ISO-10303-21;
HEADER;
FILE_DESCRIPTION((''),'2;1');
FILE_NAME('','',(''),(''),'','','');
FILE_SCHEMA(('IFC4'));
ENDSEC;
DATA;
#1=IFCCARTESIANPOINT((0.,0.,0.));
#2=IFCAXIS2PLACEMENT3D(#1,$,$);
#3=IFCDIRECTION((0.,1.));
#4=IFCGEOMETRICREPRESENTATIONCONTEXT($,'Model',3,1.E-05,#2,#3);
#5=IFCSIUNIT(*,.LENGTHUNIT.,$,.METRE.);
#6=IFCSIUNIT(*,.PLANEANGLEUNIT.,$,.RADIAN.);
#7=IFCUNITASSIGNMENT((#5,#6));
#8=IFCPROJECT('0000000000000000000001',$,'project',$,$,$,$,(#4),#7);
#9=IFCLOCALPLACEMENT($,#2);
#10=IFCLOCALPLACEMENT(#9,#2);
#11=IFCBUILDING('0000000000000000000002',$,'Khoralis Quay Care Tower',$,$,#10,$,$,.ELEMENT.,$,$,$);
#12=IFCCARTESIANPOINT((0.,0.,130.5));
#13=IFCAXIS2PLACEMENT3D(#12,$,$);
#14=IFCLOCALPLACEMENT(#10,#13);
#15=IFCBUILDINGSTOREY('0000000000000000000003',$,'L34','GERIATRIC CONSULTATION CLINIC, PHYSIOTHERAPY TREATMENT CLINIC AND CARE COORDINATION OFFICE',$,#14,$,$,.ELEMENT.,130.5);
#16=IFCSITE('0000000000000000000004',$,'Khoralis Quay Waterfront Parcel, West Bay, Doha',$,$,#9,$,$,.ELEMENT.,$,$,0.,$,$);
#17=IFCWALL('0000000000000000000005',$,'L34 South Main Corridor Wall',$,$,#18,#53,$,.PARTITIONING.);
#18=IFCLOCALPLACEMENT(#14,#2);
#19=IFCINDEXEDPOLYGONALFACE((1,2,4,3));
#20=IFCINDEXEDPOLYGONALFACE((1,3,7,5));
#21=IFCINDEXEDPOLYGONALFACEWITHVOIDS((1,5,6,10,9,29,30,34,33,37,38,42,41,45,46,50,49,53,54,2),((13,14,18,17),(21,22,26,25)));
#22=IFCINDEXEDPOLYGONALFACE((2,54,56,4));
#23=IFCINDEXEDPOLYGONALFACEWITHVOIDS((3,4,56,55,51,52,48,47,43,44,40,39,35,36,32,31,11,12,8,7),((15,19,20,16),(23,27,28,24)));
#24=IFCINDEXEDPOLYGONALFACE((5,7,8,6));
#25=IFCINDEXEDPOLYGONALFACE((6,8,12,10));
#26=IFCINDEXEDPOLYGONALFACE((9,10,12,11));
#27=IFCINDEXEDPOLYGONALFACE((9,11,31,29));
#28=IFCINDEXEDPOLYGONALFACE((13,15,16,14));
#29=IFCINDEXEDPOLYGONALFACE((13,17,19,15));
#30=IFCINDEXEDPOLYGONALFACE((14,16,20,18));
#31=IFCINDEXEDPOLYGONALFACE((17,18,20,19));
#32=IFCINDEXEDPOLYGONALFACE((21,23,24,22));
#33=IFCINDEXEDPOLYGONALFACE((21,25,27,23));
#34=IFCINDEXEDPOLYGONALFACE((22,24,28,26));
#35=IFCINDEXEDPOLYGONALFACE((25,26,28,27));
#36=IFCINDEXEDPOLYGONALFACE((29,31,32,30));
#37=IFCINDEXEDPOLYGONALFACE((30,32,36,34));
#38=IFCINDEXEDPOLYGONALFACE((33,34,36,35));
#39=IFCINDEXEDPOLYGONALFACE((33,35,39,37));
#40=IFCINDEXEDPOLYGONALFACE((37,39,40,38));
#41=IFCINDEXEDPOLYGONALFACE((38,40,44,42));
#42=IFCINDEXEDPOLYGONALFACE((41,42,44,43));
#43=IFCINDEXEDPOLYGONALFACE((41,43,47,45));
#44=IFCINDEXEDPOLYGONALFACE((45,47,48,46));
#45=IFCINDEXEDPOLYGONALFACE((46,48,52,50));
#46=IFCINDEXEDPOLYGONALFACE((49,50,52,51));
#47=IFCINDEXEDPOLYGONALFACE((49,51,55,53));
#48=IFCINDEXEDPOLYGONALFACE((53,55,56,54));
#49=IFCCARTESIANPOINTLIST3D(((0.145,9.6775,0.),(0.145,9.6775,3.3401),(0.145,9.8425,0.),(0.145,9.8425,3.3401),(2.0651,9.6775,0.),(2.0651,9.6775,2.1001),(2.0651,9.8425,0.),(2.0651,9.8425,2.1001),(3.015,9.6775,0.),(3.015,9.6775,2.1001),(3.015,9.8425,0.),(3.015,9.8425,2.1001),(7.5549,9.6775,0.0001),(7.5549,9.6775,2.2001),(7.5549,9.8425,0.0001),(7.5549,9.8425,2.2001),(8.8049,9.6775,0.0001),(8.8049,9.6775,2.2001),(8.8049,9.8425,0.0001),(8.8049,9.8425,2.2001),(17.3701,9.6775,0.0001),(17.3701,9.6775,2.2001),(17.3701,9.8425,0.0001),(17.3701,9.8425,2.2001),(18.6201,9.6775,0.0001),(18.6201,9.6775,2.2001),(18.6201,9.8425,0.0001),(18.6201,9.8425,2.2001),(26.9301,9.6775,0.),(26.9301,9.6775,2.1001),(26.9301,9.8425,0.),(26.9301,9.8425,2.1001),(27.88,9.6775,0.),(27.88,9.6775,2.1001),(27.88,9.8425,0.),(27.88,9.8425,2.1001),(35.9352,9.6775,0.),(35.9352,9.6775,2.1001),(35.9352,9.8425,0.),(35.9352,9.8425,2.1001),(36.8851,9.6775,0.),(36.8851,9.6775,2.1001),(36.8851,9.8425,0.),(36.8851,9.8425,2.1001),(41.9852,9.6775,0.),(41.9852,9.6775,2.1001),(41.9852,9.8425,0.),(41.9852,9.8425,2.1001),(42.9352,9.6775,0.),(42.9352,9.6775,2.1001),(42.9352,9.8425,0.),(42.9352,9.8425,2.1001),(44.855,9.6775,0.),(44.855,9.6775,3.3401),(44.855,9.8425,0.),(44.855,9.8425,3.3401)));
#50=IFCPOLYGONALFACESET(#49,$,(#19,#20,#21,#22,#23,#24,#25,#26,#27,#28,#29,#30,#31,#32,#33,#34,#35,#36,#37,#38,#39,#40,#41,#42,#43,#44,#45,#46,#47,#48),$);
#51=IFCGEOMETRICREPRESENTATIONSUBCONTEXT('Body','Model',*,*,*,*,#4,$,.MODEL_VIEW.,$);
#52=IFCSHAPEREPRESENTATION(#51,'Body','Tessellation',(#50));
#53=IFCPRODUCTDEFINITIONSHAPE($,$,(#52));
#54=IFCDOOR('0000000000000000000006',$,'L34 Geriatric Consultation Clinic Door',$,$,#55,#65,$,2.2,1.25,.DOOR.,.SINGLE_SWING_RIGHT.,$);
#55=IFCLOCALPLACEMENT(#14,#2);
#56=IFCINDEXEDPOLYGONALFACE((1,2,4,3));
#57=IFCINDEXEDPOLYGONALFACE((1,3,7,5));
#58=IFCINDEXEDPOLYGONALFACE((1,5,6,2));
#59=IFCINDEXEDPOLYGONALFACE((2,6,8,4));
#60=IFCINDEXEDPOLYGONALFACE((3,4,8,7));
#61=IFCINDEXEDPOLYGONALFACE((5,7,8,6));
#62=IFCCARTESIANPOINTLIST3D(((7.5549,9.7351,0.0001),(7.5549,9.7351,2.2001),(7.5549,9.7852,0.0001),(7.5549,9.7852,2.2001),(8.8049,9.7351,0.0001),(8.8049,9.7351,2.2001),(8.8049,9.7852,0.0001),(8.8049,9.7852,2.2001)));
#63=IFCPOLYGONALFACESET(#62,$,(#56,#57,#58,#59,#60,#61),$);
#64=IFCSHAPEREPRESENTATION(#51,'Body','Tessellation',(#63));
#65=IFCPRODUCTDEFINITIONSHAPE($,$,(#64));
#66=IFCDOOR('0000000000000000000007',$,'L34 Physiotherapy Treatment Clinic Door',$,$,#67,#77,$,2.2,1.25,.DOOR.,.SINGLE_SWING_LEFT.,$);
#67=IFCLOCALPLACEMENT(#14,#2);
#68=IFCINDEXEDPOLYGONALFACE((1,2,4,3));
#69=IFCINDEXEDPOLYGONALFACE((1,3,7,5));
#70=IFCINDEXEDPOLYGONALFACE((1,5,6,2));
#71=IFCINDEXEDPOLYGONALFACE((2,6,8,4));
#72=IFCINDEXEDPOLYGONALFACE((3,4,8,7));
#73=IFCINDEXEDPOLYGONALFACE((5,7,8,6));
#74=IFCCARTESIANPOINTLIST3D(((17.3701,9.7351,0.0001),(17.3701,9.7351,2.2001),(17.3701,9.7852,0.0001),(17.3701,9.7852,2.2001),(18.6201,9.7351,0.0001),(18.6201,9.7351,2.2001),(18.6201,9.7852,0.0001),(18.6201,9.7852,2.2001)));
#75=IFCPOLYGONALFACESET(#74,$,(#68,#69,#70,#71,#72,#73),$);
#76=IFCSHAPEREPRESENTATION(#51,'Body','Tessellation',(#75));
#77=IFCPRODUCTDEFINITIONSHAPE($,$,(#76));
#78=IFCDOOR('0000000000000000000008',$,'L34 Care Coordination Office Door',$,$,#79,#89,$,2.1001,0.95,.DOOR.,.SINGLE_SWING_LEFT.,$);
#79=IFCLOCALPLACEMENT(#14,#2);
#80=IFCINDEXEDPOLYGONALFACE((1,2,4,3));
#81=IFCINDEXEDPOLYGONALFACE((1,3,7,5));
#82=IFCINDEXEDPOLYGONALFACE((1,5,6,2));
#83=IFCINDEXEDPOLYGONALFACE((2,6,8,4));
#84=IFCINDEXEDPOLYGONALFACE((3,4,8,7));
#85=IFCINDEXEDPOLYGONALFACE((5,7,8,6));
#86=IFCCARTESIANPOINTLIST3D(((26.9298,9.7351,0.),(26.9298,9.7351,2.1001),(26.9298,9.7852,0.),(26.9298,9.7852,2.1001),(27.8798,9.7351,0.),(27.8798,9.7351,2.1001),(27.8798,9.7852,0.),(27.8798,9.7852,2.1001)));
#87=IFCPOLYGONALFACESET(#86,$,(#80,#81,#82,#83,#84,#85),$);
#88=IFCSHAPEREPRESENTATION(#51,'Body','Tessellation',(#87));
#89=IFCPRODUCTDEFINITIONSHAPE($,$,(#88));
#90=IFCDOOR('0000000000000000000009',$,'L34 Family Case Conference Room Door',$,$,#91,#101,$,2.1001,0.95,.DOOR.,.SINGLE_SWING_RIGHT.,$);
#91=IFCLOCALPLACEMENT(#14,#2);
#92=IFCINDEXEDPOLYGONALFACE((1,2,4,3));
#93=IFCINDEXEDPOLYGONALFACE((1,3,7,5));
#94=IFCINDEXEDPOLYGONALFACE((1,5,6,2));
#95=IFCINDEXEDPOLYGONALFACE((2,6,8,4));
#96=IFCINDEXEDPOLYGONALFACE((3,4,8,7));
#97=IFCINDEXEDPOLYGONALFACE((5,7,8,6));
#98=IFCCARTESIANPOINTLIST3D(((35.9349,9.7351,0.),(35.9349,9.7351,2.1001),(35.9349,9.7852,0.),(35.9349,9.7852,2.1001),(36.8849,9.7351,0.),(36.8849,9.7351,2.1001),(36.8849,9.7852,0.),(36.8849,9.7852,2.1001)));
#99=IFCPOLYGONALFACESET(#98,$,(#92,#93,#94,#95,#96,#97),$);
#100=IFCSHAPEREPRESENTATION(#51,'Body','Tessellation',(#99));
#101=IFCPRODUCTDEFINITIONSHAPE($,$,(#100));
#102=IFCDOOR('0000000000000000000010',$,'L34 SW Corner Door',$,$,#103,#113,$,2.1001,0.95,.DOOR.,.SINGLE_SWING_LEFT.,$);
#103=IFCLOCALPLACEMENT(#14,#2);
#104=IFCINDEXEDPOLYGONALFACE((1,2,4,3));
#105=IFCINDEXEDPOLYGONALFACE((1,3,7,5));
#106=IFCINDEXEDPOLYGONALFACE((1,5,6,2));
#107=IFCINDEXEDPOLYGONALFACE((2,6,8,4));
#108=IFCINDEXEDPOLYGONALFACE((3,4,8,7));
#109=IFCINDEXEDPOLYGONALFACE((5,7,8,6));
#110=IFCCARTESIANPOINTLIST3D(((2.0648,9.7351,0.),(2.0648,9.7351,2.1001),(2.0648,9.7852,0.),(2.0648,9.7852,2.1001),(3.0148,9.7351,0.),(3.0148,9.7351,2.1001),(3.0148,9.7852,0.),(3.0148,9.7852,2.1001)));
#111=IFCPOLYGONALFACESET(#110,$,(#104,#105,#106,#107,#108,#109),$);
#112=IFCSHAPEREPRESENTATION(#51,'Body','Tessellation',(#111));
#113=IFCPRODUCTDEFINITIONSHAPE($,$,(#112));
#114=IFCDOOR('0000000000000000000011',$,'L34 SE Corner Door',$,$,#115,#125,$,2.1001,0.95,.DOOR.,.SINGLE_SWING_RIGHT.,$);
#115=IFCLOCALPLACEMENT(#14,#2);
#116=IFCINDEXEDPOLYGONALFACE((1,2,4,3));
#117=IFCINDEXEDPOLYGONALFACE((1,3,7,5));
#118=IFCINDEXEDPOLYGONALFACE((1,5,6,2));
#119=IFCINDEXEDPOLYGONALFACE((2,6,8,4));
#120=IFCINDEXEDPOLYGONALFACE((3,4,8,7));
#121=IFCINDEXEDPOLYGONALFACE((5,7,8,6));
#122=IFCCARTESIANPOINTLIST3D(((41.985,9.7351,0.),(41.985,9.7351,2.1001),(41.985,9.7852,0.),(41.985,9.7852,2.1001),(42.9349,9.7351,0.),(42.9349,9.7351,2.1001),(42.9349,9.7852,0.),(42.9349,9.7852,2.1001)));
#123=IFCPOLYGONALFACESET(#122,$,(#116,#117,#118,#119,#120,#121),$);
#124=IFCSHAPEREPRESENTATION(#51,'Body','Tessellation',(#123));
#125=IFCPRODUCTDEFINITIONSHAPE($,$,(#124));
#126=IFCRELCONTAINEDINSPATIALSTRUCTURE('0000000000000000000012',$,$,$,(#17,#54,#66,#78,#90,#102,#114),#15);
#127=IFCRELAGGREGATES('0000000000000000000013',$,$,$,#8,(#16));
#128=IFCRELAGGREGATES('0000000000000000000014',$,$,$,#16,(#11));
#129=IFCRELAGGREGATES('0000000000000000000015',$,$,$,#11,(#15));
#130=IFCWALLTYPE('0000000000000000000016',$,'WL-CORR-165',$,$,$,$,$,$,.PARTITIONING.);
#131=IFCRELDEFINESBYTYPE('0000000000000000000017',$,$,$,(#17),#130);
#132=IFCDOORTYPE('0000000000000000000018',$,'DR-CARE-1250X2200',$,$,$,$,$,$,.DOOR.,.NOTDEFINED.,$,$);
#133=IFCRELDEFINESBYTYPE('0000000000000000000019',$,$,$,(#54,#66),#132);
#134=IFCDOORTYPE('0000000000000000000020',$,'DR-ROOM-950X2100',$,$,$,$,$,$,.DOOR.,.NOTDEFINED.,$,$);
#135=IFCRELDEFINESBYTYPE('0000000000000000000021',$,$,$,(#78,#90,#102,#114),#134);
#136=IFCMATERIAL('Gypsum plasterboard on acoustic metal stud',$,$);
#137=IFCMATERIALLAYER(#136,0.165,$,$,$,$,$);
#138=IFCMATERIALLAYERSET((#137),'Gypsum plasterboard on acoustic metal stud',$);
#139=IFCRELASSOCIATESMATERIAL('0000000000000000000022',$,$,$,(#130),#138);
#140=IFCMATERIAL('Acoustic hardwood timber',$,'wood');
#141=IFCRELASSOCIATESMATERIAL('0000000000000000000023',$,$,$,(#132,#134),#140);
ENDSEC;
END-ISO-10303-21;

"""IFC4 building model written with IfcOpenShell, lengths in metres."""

from ifc_helpers import new_model, si_unit, direction, frame, frame_2d, origin, place, context, subcontext, project, spatial, rectangle, extrude, source, transform, mapped, material, layer, layer_set, type_object, element, fill, save


model = new_model("IFC4")

# Units and contexts
model_context = context("Model", 3, precision=1e-05, world=origin(), true_north=direction((0.0, 1.0)))
body_context = subcontext(model_context, "Body", "Model", "MODEL_VIEW")
ifc_project = project(units=[si_unit("LENGTHUNIT", "METRE"), si_unit("PLANEANGLEUNIT", "RADIAN")], contexts=[model_context])

# Site, building, storey
site_placement = place(None, origin())
site = spatial("IfcSite", under=ifc_project, at=site_placement, Name="Khoralis Quay Waterfront Parcel, West Bay, Doha", CompositionType="ELEMENT", RefElevation=0.0)
building_placement = place(site_placement, origin())
building = spatial("IfcBuilding", under=site, at=building_placement, Name="Khoralis Quay Care Tower", CompositionType="ELEMENT")
storey_placement = place(building_placement, frame((0.0, 0.0, 130.5)))
storey = spatial("IfcBuildingStorey", under=building, at=storey_placement, Name="L34", Description="GERIATRIC CONSULTATION CLINIC, PHYSIOTHERAPY TREATMENT CLINIC AND CARE COORDINATION OFFICE", CompositionType="ELEMENT", Elevation=130.5)

# Wall, openings, doors
ifc_material_1 = material(Name="Gypsum plasterboard on acoustic metal stud")
ifc_layer_1 = layer(ifc_material_1, 0.165)
ifc_layer_set_1 = layer_set([ifc_layer_1], Name="Gypsum plasterboard on acoustic metal stud")
wall_type_1 = type_object("IfcWallType", Name="WL-CORR-165", PredefinedType="PARTITIONING", material=ifc_layer_set_1)
wall_1_placement = place(storey_placement, frame((0.145, 9.76, 0.0), z_axis=(0.0, 0.0, 1.0), x_axis=(1.0, 0.0, 0.0)))
wall_1 = element("IfcWall", 1, at=wall_1_placement, inside=storey, type_object=wall_type_1, Name="L34 South Main Corridor Wall", PredefinedType="PARTITIONING", context=body_context, shape_type="SweptSolid", body=[
    extrude(rectangle(XDim=44.71, YDim=0.165, at=frame_2d((22.355, 0.0))), origin(), (0.0, 0.0, 1.0), 3.3401),
])
opening_1_placement = place(wall_1_placement, frame((7.4099, 0.0, 0.0)))
opening_1 = element("IfcOpeningElement", 2, at=opening_1_placement, cuts=wall_1, PredefinedType="OPENING", context=body_context, shape_type="SweptSolid", body=[
    extrude(rectangle(XDim=1.25, YDim=2.2, at=frame_2d((0.625, 1.1001))), frame((0.0, 0.0925, 0.0), z_axis=(0.0, -1.0, 0.0), x_axis=(1.0, 0.0, 0.0)), (0.0, 0.0, 1.0), 0.1851),
])
opening_2_placement = place(wall_1_placement, frame((17.2251, 0.0, 0.0)))
opening_2 = element("IfcOpeningElement", 3, at=opening_2_placement, cuts=wall_1, PredefinedType="OPENING", context=body_context, shape_type="SweptSolid", body=[
    extrude(rectangle(XDim=1.25, YDim=2.2, at=frame_2d((0.625, 1.1001))), frame((0.0, 0.0925, 0.0), z_axis=(0.0, -1.0, 0.0), x_axis=(1.0, 0.0, 0.0)), (0.0, 0.0, 1.0), 0.1851),
])
opening_3_placement = place(wall_1_placement, frame((26.7849, 0.0, 0.0)))
opening_3 = element("IfcOpeningElement", 4, at=opening_3_placement, cuts=wall_1, PredefinedType="OPENING", context=body_context, shape_type="SweptSolid", body=[
    extrude(rectangle(XDim=0.95, YDim=2.1001, at=frame_2d((0.4751, 1.05))), frame((0.0, 0.0925, 0.0), z_axis=(0.0, -1.0, 0.0), x_axis=(1.0, 0.0, 0.0)), (0.0, 0.0, 1.0), 0.1851),
])
opening_4_placement = place(wall_1_placement, frame((35.79, 0.0, 0.0)))
opening_4 = element("IfcOpeningElement", 5, at=opening_4_placement, cuts=wall_1, PredefinedType="OPENING", context=body_context, shape_type="SweptSolid", body=[
    extrude(rectangle(XDim=0.95, YDim=2.1001, at=frame_2d((0.4751, 1.05))), frame((0.0, 0.0925, 0.0), z_axis=(0.0, -1.0, 0.0), x_axis=(1.0, 0.0, 0.0)), (0.0, 0.0, 1.0), 0.1851),
])
opening_5_placement = place(wall_1_placement, frame((1.9199, 0.0, 0.0)))
opening_5 = element("IfcOpeningElement", 6, at=opening_5_placement, cuts=wall_1, PredefinedType="OPENING", context=body_context, shape_type="SweptSolid", body=[
    extrude(rectangle(XDim=0.95, YDim=2.1001, at=frame_2d((0.4751, 1.05))), frame((0.0, 0.0925, 0.0), z_axis=(0.0, -1.0, 0.0), x_axis=(1.0, 0.0, 0.0)), (0.0, 0.0, 1.0), 0.1851),
])
opening_6_placement = place(wall_1_placement, frame((41.8401, 0.0, 0.0)))
opening_6 = element("IfcOpeningElement", 7, at=opening_6_placement, cuts=wall_1, PredefinedType="OPENING", context=body_context, shape_type="SweptSolid", body=[
    extrude(rectangle(XDim=0.95, YDim=2.1001, at=frame_2d((0.4751, 1.05))), frame((0.0, 0.0925, 0.0), z_axis=(0.0, -1.0, 0.0), x_axis=(1.0, 0.0, 0.0)), (0.0, 0.0, 1.0), 0.1851),
])
ifc_material_2 = material(Name="Acoustic hardwood timber", Category="wood")
door_type_1 = type_object("IfcDoorType", Name="DR-CARE-1250X2200", OperationType="NOTDEFINED", PredefinedType="DOOR", material=ifc_material_2)
shared_shape_1 = source(origin(), body_context, "Body", "SweptSolid", [
    extrude(rectangle(XDim=1.25, YDim=2.2, at=frame_2d((0.625, 1.1001))), frame((0.0, 0.0249, 0.0), z_axis=(0.0, -1.0, 0.0), x_axis=(1.0, 0.0, 0.0)), (0.0, 0.0, 1.0), 0.05),
])
door_1_placement = place(opening_1_placement, frame((1.25, 0.0, 0.0), z_axis=(0.0, 0.0, 1.0), x_axis=(-1.0, 0.0, 0.0)))
door_1 = element("IfcDoor", 8, at=door_1_placement, inside=storey, type_object=door_type_1, Name="L34 Geriatric Consultation Clinic Door", OperationType="SINGLE_SWING_RIGHT", OverallHeight=2.2, OverallWidth=1.25, PredefinedType="DOOR", context=body_context, shape_type="MappedRepresentation", body=[
    mapped(shared_shape_1, transform((0.0, 0.0, 0.0), scale=1.0)),
])
fill(opening_1, door_1)
door_2_placement = place(opening_2_placement, frame((1.25, 0.0, 0.0), z_axis=(0.0, 0.0, 1.0), x_axis=(-1.0, 0.0, 0.0)))
door_2 = element("IfcDoor", 9, at=door_2_placement, inside=storey, type_object=door_type_1, Name="L34 Physiotherapy Treatment Clinic Door", OperationType="SINGLE_SWING_LEFT", OverallHeight=2.2, OverallWidth=1.25, PredefinedType="DOOR", context=body_context, shape_type="MappedRepresentation", body=[
    mapped(shared_shape_1, transform((0.0, 0.0, 0.0), scale=1.0)),
])
fill(opening_2, door_2)
door_type_2 = type_object("IfcDoorType", Name="DR-ROOM-950X2100", OperationType="NOTDEFINED", PredefinedType="DOOR", material=ifc_material_2)
shared_shape_2 = source(origin(), body_context, "Body", "SweptSolid", [
    extrude(rectangle(XDim=0.95, YDim=2.1001, at=frame_2d((0.4751, 1.05))), frame((0.0, 0.0249, 0.0), z_axis=(0.0, -1.0, 0.0), x_axis=(1.0, 0.0, 0.0)), (0.0, 0.0, 1.0), 0.05),
])
door_3_placement = place(opening_3_placement, frame((0.95, 0.0, 0.0), z_axis=(0.0, 0.0, 1.0), x_axis=(-1.0, 0.0, 0.0)))
door_3 = element("IfcDoor", 10, at=door_3_placement, inside=storey, type_object=door_type_2, Name="L34 Care Coordination Office Door", OperationType="SINGLE_SWING_LEFT", OverallHeight=2.1001, OverallWidth=0.95, PredefinedType="DOOR", context=body_context, shape_type="MappedRepresentation", body=[
    mapped(shared_shape_2, transform((0.0, 0.0, 0.0), scale=1.0)),
])
fill(opening_3, door_3)
door_4_placement = place(opening_4_placement, frame((0.95, 0.0, 0.0), z_axis=(0.0, 0.0, 1.0), x_axis=(-1.0, 0.0, 0.0)))
door_4 = element("IfcDoor", 11, at=door_4_placement, inside=storey, type_object=door_type_2, Name="L34 Family Case Conference Room Door", OperationType="SINGLE_SWING_RIGHT", OverallHeight=2.1001, OverallWidth=0.95, PredefinedType="DOOR", context=body_context, shape_type="MappedRepresentation", body=[
    mapped(shared_shape_2, transform((0.0, 0.0, 0.0), scale=1.0)),
])
fill(opening_4, door_4)
door_5_placement = place(opening_5_placement, frame((0.95, 0.0, 0.0), z_axis=(0.0, 0.0, 1.0), x_axis=(-1.0, 0.0, 0.0)))
door_5 = element("IfcDoor", 12, at=door_5_placement, inside=storey, type_object=door_type_2, Name="L34 SW Corner Door", OperationType="SINGLE_SWING_LEFT", OverallHeight=2.1001, OverallWidth=0.95, PredefinedType="DOOR", context=body_context, shape_type="MappedRepresentation", body=[
    mapped(shared_shape_2, transform((0.0, 0.0, 0.0), scale=1.0)),
])
fill(opening_5, door_5)
door_6_placement = place(opening_6_placement, frame((0.95, 0.0, 0.0), z_axis=(0.0, 0.0, 1.0), x_axis=(-1.0, 0.0, 0.0)))
door_6 = element("IfcDoor", 13, at=door_6_placement, inside=storey, type_object=door_type_2, Name="L34 SE Corner Door", OperationType="SINGLE_SWING_RIGHT", OverallHeight=2.1001, OverallWidth=0.95, PredefinedType="DOOR", context=body_context, shape_type="MappedRepresentation", body=[
    mapped(shared_shape_2, transform((0.0, 0.0, 0.0), scale=1.0)),
])
fill(opening_6, door_6)

save(model, "model.ifc")
